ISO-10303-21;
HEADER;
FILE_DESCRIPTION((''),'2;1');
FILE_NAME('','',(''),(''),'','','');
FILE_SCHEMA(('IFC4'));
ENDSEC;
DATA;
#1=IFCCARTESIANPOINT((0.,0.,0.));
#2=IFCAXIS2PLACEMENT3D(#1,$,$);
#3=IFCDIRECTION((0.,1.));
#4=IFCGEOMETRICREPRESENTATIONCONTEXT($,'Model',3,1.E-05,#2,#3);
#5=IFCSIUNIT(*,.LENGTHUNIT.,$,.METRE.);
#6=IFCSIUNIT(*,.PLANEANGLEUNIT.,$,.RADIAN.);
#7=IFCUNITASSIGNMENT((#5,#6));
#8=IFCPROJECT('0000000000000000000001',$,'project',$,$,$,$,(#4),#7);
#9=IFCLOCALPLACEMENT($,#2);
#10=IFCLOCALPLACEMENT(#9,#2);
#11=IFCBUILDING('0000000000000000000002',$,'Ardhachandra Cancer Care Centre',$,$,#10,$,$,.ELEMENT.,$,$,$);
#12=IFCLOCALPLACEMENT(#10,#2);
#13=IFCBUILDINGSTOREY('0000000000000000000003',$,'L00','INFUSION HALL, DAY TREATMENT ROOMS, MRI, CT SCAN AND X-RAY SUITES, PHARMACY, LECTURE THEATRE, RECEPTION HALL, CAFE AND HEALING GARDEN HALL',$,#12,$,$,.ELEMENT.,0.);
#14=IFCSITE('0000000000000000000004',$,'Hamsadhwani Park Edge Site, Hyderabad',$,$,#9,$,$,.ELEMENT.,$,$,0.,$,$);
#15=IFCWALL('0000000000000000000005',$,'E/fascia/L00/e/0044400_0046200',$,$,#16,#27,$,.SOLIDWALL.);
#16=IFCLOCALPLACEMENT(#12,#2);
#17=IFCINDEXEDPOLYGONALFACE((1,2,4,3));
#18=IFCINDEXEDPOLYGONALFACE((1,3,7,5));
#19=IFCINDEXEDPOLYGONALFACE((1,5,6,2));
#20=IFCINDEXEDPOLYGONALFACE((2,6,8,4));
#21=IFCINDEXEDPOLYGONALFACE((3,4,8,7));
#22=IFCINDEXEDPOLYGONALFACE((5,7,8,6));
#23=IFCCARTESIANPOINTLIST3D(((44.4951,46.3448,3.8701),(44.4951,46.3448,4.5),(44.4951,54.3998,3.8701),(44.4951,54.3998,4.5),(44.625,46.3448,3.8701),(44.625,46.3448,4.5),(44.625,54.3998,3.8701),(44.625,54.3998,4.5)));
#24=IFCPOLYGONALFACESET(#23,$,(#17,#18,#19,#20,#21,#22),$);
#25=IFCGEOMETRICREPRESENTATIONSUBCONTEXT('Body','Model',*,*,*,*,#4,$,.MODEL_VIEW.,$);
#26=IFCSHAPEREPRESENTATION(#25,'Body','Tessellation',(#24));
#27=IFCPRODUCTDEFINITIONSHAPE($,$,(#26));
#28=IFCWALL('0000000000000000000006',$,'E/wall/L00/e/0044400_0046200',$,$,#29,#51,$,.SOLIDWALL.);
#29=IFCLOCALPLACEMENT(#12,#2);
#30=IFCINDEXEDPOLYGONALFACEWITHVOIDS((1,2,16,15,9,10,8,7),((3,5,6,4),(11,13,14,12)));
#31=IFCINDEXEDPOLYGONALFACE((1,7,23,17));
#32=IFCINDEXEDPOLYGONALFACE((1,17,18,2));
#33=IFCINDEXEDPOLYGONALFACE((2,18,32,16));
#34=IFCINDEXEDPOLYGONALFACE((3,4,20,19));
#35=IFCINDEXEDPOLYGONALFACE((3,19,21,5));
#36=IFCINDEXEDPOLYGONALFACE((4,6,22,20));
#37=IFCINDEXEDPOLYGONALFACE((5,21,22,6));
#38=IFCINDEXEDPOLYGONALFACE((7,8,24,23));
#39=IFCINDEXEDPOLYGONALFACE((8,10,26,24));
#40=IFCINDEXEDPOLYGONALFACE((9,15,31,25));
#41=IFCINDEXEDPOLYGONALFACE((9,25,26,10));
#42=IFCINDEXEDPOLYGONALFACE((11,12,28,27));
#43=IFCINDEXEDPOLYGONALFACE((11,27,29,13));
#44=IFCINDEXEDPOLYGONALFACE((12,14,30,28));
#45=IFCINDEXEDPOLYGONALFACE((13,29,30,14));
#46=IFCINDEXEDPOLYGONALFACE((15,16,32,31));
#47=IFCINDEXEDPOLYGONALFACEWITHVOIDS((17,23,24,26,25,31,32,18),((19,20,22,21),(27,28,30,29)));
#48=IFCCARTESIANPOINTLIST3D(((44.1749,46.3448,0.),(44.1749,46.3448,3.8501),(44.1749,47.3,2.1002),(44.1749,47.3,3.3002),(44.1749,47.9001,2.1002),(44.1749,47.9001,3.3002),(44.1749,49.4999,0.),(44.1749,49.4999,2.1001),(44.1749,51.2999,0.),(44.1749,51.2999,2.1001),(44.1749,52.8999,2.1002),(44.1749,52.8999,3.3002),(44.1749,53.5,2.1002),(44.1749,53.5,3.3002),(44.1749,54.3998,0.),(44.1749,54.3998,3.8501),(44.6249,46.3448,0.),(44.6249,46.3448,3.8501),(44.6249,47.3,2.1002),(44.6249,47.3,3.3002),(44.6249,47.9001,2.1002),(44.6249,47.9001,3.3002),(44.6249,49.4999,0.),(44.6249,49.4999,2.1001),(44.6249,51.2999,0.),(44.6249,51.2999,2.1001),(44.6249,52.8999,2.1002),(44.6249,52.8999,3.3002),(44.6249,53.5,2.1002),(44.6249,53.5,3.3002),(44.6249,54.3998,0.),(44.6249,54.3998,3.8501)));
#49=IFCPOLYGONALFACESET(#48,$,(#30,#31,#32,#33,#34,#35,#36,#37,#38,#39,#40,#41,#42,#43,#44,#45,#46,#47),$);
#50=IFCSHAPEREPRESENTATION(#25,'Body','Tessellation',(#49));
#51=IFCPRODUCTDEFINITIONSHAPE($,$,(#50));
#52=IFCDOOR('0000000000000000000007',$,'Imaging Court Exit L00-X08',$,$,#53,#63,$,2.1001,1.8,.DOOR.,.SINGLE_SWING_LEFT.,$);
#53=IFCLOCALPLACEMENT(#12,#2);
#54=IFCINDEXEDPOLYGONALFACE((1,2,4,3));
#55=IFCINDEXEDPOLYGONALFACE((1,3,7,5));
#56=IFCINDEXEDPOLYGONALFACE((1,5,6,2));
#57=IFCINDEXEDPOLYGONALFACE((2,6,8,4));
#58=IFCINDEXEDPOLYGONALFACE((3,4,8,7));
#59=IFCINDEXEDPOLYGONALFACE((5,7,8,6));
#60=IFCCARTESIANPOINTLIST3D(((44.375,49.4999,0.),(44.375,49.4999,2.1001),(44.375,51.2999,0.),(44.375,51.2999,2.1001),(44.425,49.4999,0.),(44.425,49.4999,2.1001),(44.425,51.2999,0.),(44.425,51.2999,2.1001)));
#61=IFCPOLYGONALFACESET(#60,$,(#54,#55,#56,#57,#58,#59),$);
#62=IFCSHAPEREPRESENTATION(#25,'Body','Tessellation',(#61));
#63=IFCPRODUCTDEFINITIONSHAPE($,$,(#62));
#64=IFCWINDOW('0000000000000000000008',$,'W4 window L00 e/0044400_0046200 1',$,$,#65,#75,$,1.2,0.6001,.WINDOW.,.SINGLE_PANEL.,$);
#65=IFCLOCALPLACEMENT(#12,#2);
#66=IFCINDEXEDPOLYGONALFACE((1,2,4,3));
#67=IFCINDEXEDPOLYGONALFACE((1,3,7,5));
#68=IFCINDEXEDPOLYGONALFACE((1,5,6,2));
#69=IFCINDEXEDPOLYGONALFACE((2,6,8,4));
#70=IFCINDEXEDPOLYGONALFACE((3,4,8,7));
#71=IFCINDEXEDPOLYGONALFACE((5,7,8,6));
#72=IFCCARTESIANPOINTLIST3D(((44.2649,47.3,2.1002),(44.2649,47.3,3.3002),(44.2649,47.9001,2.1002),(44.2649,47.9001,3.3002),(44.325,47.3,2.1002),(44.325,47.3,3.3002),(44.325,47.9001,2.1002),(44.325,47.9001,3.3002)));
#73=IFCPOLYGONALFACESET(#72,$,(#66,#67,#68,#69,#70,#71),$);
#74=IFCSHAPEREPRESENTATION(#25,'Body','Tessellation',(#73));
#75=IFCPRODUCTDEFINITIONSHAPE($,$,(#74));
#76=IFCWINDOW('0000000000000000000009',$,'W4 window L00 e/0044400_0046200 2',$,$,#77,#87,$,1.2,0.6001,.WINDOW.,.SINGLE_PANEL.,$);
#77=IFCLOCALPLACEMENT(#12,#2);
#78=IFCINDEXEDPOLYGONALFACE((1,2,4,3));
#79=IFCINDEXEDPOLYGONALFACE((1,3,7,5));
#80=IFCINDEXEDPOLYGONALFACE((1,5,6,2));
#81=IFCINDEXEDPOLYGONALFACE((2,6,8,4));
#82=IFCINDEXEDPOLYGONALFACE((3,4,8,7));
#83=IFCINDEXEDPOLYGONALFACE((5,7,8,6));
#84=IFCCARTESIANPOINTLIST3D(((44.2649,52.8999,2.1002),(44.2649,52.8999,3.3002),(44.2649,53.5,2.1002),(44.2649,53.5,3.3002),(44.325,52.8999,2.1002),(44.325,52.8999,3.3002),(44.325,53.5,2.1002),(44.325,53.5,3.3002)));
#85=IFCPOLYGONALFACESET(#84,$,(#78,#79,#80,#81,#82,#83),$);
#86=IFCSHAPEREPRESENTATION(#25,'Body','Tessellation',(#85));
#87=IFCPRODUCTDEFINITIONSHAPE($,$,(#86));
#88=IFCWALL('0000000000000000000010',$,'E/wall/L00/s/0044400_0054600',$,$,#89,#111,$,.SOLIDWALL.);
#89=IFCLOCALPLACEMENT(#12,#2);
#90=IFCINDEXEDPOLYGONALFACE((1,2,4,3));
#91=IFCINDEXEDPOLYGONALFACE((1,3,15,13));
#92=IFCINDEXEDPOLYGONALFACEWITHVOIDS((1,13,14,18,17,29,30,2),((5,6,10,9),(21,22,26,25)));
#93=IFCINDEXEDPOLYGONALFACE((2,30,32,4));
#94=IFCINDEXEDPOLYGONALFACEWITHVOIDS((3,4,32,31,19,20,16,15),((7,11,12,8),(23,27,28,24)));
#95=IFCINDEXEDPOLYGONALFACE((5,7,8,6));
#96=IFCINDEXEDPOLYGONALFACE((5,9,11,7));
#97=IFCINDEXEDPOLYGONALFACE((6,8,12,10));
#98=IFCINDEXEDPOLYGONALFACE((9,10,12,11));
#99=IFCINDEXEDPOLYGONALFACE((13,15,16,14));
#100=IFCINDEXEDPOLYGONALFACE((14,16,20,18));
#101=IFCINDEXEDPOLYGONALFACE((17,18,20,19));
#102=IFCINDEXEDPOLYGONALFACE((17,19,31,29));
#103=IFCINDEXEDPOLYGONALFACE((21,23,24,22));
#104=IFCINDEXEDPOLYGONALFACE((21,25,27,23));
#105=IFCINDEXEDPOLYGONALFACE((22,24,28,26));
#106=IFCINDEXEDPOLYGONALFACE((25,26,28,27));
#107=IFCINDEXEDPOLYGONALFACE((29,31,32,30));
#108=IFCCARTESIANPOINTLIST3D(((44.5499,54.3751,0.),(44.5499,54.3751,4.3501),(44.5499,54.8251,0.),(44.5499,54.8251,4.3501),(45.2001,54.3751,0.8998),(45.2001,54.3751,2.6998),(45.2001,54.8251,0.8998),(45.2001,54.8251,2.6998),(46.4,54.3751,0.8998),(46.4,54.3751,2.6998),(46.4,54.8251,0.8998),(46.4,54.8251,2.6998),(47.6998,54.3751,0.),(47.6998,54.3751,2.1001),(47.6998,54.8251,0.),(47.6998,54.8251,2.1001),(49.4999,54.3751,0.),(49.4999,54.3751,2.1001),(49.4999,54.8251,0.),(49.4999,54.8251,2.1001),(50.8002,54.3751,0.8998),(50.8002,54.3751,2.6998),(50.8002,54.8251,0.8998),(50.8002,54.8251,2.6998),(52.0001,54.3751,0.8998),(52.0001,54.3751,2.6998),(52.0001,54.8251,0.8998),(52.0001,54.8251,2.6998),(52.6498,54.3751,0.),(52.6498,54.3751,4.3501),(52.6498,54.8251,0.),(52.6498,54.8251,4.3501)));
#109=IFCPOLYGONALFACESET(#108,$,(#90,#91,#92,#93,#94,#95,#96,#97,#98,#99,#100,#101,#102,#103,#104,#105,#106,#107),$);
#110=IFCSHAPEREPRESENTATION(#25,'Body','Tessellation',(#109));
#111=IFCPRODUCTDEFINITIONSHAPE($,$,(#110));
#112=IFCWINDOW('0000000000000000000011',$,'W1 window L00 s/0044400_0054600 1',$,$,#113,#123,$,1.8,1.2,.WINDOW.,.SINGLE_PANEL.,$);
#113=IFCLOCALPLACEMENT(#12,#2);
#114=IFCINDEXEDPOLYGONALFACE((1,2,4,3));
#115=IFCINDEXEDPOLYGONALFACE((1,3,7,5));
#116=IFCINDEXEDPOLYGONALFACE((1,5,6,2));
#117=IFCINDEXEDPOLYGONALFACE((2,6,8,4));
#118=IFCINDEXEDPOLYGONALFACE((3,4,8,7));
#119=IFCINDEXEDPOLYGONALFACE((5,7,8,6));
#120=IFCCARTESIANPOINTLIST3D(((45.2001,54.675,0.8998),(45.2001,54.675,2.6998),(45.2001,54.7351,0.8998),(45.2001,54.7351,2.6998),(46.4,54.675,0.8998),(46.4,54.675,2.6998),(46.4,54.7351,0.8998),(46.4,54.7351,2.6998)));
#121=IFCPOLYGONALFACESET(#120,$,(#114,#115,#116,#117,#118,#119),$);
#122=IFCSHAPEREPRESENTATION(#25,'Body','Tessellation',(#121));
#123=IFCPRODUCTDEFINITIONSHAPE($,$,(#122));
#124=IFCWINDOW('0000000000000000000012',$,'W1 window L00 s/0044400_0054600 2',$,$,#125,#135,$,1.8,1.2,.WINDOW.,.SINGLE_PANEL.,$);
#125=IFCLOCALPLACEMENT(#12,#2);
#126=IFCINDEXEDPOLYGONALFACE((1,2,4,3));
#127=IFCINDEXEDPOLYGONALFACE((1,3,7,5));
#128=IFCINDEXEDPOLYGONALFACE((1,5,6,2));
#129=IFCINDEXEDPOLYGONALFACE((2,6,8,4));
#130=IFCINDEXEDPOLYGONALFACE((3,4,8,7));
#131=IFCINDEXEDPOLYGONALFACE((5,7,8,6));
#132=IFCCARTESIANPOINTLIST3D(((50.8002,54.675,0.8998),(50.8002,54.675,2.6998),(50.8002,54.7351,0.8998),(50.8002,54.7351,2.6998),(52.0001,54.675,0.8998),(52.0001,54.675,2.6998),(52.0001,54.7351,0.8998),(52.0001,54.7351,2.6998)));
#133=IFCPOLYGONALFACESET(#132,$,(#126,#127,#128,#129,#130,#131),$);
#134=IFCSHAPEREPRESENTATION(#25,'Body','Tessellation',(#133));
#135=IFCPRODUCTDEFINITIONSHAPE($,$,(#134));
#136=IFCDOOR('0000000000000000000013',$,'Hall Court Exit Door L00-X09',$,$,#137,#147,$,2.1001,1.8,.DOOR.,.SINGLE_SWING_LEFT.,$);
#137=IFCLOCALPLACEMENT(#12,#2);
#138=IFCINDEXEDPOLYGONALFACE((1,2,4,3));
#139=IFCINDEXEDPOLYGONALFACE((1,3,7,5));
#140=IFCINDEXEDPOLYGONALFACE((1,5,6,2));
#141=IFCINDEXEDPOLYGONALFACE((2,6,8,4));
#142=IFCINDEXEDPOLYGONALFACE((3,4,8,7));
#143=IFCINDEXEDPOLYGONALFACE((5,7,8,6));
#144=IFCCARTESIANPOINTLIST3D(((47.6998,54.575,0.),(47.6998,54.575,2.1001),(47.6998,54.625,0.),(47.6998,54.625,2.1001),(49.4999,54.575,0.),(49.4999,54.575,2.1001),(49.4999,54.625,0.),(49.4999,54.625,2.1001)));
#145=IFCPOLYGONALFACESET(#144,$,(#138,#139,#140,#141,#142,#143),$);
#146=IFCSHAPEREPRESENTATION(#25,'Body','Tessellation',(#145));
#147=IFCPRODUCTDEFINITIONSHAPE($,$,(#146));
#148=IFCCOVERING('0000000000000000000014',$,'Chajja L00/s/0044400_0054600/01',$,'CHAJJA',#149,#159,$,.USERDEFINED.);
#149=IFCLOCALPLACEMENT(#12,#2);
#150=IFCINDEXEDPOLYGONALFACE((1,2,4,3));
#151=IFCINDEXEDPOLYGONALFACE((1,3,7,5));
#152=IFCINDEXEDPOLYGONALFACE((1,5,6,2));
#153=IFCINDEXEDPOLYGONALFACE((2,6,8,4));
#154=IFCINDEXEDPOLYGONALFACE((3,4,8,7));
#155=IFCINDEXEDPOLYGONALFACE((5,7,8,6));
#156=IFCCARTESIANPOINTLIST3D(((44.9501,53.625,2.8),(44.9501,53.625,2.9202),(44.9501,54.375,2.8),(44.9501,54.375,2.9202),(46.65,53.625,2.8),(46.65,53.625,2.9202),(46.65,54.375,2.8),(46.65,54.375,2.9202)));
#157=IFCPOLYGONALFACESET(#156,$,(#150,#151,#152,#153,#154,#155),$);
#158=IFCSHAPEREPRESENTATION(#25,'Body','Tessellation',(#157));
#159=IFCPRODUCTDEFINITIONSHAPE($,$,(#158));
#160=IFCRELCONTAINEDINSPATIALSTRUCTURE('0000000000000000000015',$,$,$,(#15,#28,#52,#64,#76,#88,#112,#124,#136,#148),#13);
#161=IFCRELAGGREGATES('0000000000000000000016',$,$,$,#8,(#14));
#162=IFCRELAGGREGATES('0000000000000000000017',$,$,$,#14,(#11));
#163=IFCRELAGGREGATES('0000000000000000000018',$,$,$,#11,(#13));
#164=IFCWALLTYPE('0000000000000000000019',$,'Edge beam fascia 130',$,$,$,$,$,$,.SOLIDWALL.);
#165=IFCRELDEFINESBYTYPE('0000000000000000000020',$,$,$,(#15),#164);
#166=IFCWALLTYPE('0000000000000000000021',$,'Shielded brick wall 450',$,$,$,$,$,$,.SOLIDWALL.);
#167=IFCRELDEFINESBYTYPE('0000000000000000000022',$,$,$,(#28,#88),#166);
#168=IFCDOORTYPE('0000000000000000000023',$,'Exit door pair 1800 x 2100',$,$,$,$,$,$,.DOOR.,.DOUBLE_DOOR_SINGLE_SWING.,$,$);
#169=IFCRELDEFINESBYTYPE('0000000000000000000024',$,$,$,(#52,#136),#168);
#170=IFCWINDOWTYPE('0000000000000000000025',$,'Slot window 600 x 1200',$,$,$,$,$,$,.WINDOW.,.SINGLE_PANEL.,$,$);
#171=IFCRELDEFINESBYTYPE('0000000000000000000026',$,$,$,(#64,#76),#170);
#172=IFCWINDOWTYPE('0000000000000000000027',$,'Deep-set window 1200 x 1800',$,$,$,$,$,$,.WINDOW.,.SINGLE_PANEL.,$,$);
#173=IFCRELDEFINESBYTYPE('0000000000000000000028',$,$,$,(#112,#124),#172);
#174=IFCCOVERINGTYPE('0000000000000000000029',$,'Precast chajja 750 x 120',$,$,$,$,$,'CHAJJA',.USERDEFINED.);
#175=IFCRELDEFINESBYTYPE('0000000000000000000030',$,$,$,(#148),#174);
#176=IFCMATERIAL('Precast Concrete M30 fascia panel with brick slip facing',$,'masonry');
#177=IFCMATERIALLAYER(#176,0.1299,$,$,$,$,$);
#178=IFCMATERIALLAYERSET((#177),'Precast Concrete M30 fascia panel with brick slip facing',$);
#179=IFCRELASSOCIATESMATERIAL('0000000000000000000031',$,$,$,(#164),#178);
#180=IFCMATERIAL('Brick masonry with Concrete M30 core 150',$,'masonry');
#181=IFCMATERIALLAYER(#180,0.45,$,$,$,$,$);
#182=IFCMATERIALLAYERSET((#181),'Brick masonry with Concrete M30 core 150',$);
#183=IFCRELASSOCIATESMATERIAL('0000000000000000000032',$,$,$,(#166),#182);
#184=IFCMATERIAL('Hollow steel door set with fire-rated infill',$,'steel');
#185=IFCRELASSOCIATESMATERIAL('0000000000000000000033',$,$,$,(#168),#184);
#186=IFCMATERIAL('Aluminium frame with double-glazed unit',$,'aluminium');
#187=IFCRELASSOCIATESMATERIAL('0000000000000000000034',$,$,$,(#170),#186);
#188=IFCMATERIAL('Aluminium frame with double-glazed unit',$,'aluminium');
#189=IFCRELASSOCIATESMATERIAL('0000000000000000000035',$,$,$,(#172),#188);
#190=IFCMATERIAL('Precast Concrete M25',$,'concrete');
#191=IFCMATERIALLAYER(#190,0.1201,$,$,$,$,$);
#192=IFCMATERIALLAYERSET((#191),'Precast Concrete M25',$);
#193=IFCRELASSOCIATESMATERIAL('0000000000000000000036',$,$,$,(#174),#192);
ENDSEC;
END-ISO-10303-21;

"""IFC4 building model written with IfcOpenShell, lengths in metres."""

from ifc_helpers import new_model, si_unit, direction, frame, frame_2d, origin, origin_2d, place, context, subcontext, project, spatial, rectangle, extrude, material, layer, layer_set, type_object, element, fill, save


model = new_model("IFC4")

# Units and contexts
model_context = context("Model", 3, precision=1e-05, world=origin(), true_north=direction((0.0, 1.0)))
body_context = subcontext(model_context, "Body", "Model", "MODEL_VIEW")
ifc_project = project(units=[si_unit("LENGTHUNIT", "METRE"), si_unit("PLANEANGLEUNIT", "RADIAN")], contexts=[model_context])

# Site, building, storey
site_placement = place(None, origin())
site = spatial("IfcSite", under=ifc_project, at=site_placement, Name="Hamsadhwani Park Edge Site, Hyderabad", CompositionType="ELEMENT", RefElevation=0.0)
building_placement = place(site_placement, origin())
building = spatial("IfcBuilding", under=site, at=building_placement, Name="Ardhachandra Cancer Care Centre", CompositionType="ELEMENT")
storey_placement = place(building_placement, origin())
storey = spatial("IfcBuildingStorey", under=building, at=storey_placement, Name="L00", Description="INFUSION HALL, DAY TREATMENT ROOMS, MRI, CT SCAN AND X-RAY SUITES, PHARMACY, LECTURE THEATRE, RECEPTION HALL, CAFE AND HEALING GARDEN HALL", CompositionType="ELEMENT", Elevation=0.0)

# Wall
ifc_material_1 = material(Name="Precast Concrete M30 fascia panel with brick slip facing", Category="masonry")
ifc_layer_1 = layer(ifc_material_1, 0.1299)
ifc_layer_set_1 = layer_set([ifc_layer_1], Name="Precast Concrete M30 fascia panel with brick slip facing")
wall_type_1 = type_object("IfcWallType", Name="Edge beam fascia 130", PredefinedType="SOLIDWALL", material=ifc_layer_set_1)
wall_1_placement = place(storey_placement, frame((44.5601, 46.345, 3.8701), z_axis=(0.0, 0.0, 1.0), x_axis=(0.0, 1.0, 0.0)))
element("IfcWall", 1, at=wall_1_placement, inside=storey, type_object=wall_type_1, Name="E/fascia/L00/e/0044400_0046200", PredefinedType="SOLIDWALL", context=body_context, shape_type="SweptSolid", body=[
    extrude(rectangle(XDim=8.0549, YDim=0.1299, at=frame_2d((4.0273, 0.0))), origin(), (0.0, 0.0, 1.0), 0.6299),
])

# Wall, openings, door, windows
ifc_material_2 = material(Name="Brick masonry with Concrete M30 core 150", Category="masonry")
ifc_layer_2 = layer(ifc_material_2, 0.45)
ifc_layer_set_2 = layer_set([ifc_layer_2], Name="Brick masonry with Concrete M30 core 150")
wall_type_2 = type_object("IfcWallType", Name="Shielded brick wall 450", PredefinedType="SOLIDWALL", material=ifc_layer_set_2)
wall_2_placement = place(storey_placement, frame((44.3999, 46.345, 0.0), z_axis=(0.0, 0.0, 1.0), x_axis=(0.0, 1.0, 0.0)))
wall_2 = element("IfcWall", 2, at=wall_2_placement, inside=storey, type_object=wall_type_2, Name="E/wall/L00/e/0044400_0046200", PredefinedType="SOLIDWALL", context=body_context, shape_type="SweptSolid", body=[
    extrude(rectangle(XDim=8.0549, YDim=0.45, at=frame_2d((4.0273, 0.0))), origin(), (0.0, 0.0, 1.0), 3.8501),
])
opening_1_placement = place(wall_2_placement, frame((0.9551, 0.0, 2.1001)))
opening_1 = element("IfcOpeningElement", 3, at=opening_1_placement, cuts=wall_2, PredefinedType="OPENING", context=body_context, shape_type="SweptSolid", body=[
    extrude(rectangle(XDim=0.6001, YDim=1.2, at=frame_2d((0.3, 0.6001))), frame((0.0, 0.2349, 0.0), z_axis=(0.0, -1.0, 0.0), x_axis=(1.0, 0.0, 0.0)), (0.0, 0.0, 1.0), 0.47),
])
opening_2_placement = place(wall_2_placement, frame((6.5549, 0.0, 2.1001)))
opening_2 = element("IfcOpeningElement", 4, at=opening_2_placement, cuts=wall_2, PredefinedType="OPENING", context=body_context, shape_type="SweptSolid", body=[
    extrude(rectangle(XDim=0.6001, YDim=1.2, at=frame_2d((0.3, 0.6001))), frame((0.0, 0.2349, 0.0), z_axis=(0.0, -1.0, 0.0), x_axis=(1.0, 0.0, 0.0)), (0.0, 0.0, 1.0), 0.47),
])
opening_3_placement = place(wall_2_placement, frame((3.155, 0.0, 0.0)))
opening_3 = element("IfcOpeningElement", 5, at=opening_3_placement, cuts=wall_2, PredefinedType="OPENING", context=body_context, shape_type="SweptSolid", body=[
    extrude(rectangle(XDim=1.8, YDim=2.1001, at=frame_2d((0.8999, 1.05))), frame((0.0, 0.2349, 0.0), z_axis=(0.0, -1.0, 0.0), x_axis=(1.0, 0.0, 0.0)), (0.0, 0.0, 1.0), 0.47),
])
ifc_material_3 = material(Name="Hollow steel door set with fire-rated infill", Category="steel")
door_type = type_object("IfcDoorType", Name="Exit door pair 1800 x 2100", OperationType="DOUBLE_DOOR_SINGLE_SWING", PredefinedType="DOOR", material=ifc_material_3)
door_1_placement = place(opening_3_placement, origin())
door_1 = element("IfcDoor", 6, at=door_1_placement, inside=storey, type_object=door_type, Name="Imaging Court Exit L00-X08", OperationType="SINGLE_SWING_LEFT", OverallHeight=2.1001, OverallWidth=1.8, PredefinedType="DOOR", context=body_context, shape_type="SweptSolid", body=[
    extrude(rectangle(XDim=1.8, YDim=2.1001, at=frame_2d((0.8999, 1.05))), frame((0.0, 0.0249, 0.0), z_axis=(0.0, -1.0, 0.0), x_axis=(1.0, 0.0, 0.0)), (0.0, 0.0, 1.0), 0.05),
])
fill(opening_3, door_1)
ifc_material_4 = material(Name="Aluminium frame with double-glazed unit", Category="aluminium")
window_type_1 = type_object("IfcWindowType", Name="Slot window 600 x 1200", PartitioningType="SINGLE_PANEL", PredefinedType="WINDOW", material=ifc_material_4)
window_1_placement = place(opening_1_placement, origin())
window_1 = element("IfcWindow", 7, at=window_1_placement, inside=storey, type_object=window_type_1, Name="W4 window L00 e/0044400_0046200 1", OverallHeight=1.2, OverallWidth=0.6001, PartitioningType="SINGLE_PANEL", PredefinedType="WINDOW", context=body_context, shape_type="SweptSolid", body=[
    extrude(rectangle(XDim=0.6001, YDim=1.2, at=frame_2d((0.3, 0.6001))), frame((0.0, 0.135, 0.0), z_axis=(0.0, -1.0, 0.0), x_axis=(1.0, 0.0, 0.0)), (0.0, 0.0, 1.0), 0.0601),
])
fill(opening_1, window_1)
window_2_placement = place(opening_2_placement, origin())
window_2 = element("IfcWindow", 8, at=window_2_placement, inside=storey, type_object=window_type_1, Name="W4 window L00 e/0044400_0046200 2", OverallHeight=1.2, OverallWidth=0.6001, PartitioningType="SINGLE_PANEL", PredefinedType="WINDOW", context=body_context, shape_type="SweptSolid", body=[
    extrude(rectangle(XDim=0.6001, YDim=1.2, at=frame_2d((0.3, 0.6001))), frame((0.0, 0.135, 0.0), z_axis=(0.0, -1.0, 0.0), x_axis=(1.0, 0.0, 0.0)), (0.0, 0.0, 1.0), 0.0601),
])
fill(opening_2, window_2)

# Wall, openings, windows, door
wall_3_placement = place(storey_placement, frame((44.55, 54.6001, 0.0), z_axis=(0.0, 0.0, 1.0), x_axis=(1.0, 0.0, 0.0)))
wall_3 = element("IfcWall", 9, at=wall_3_placement, inside=storey, type_object=wall_type_2, Name="E/wall/L00/s/0044400_0054600", PredefinedType="SOLIDWALL", context=body_context, shape_type="SweptSolid", body=[
    extrude(rectangle(XDim=8.0999, YDim=0.45, at=frame_2d((4.0498, 0.0))), origin(), (0.0, 0.0, 1.0), 4.3501),
])
opening_4_placement = place(wall_3_placement, frame((0.6499, 0.0, 0.8999)))
opening_4 = element("IfcOpeningElement", 10, at=opening_4_placement, cuts=wall_3, PredefinedType="OPENING", context=body_context, shape_type="SweptSolid", body=[
    extrude(rectangle(XDim=1.2, YDim=1.8, at=frame_2d((0.6001, 0.8999))), frame((0.0, 0.2349, 0.0), z_axis=(0.0, -1.0, 0.0), x_axis=(1.0, 0.0, 0.0)), (0.0, 0.0, 1.0), 0.47),
])
opening_5_placement = place(wall_3_placement, frame((6.25, 0.0, 0.8999)))
opening_5 = element("IfcOpeningElement", 11, at=opening_5_placement, cuts=wall_3, PredefinedType="OPENING", context=body_context, shape_type="SweptSolid", body=[
    extrude(rectangle(XDim=1.2, YDim=1.8, at=frame_2d((0.6001, 0.8999))), frame((0.0, 0.2349, 0.0), z_axis=(0.0, -1.0, 0.0), x_axis=(1.0, 0.0, 0.0)), (0.0, 0.0, 1.0), 0.47),
])
opening_6_placement = place(wall_3_placement, frame((3.1499, 0.0, 0.0)))
opening_6 = element("IfcOpeningElement", 12, at=opening_6_placement, cuts=wall_3, PredefinedType="OPENING", context=body_context, shape_type="SweptSolid", body=[
    extrude(rectangle(XDim=1.8, YDim=2.1001, at=frame_2d((0.8999, 1.05))), frame((0.0, 0.2349, 0.0), z_axis=(0.0, -1.0, 0.0), x_axis=(1.0, 0.0, 0.0)), (0.0, 0.0, 1.0), 0.47),
])
ifc_material_5 = material(Name="Aluminium frame with double-glazed unit", Category="aluminium")
window_type_2 = type_object("IfcWindowType", Name="Deep-set window 1200 x 1800", PartitioningType="SINGLE_PANEL", PredefinedType="WINDOW", material=ifc_material_5)
window_3_placement = place(opening_4_placement, origin())
window_3 = element("IfcWindow", 13, at=window_3_placement, inside=storey, type_object=window_type_2, Name="W1 window L00 s/0044400_0054600 1", OverallHeight=1.8, OverallWidth=1.2, PartitioningType="SINGLE_PANEL", PredefinedType="WINDOW", context=body_context, shape_type="SweptSolid", body=[
    extrude(rectangle(XDim=1.2, YDim=1.8, at=frame_2d((0.6001, 0.8999))), frame((0.0, 0.135, 0.0), z_axis=(0.0, -1.0, 0.0), x_axis=(1.0, 0.0, 0.0)), (0.0, 0.0, 1.0), 0.0601),
])
fill(opening_4, window_3)
window_4_placement = place(opening_5_placement, origin())
window_4 = element("IfcWindow", 14, at=window_4_placement, inside=storey, type_object=window_type_2, Name="W1 window L00 s/0044400_0054600 2", OverallHeight=1.8, OverallWidth=1.2, PartitioningType="SINGLE_PANEL", PredefinedType="WINDOW", context=body_context, shape_type="SweptSolid", body=[
    extrude(rectangle(XDim=1.2, YDim=1.8, at=frame_2d((0.6001, 0.8999))), frame((0.0, 0.135, 0.0), z_axis=(0.0, -1.0, 0.0), x_axis=(1.0, 0.0, 0.0)), (0.0, 0.0, 1.0), 0.0601),
])
fill(opening_5, window_4)
door_2_placement = place(opening_6_placement, origin())
door_2 = element("IfcDoor", 15, at=door_2_placement, inside=storey, type_object=door_type, Name="Hall Court Exit Door L00-X09", OperationType="SINGLE_SWING_LEFT", OverallHeight=2.1001, OverallWidth=1.8, PredefinedType="DOOR", context=body_context, shape_type="SweptSolid", body=[
    extrude(rectangle(XDim=1.8, YDim=2.1001, at=frame_2d((0.8999, 1.05))), frame((0.0, 0.0249, 0.0), z_axis=(0.0, -1.0, 0.0), x_axis=(1.0, 0.0, 0.0)), (0.0, 0.0, 1.0), 0.05),
])
fill(opening_6, door_2)

# Covering
ifc_material_6 = material(Name="Precast Concrete M25", Category="concrete")
ifc_layer_3 = layer(ifc_material_6, 0.1201)
ifc_layer_set_3 = layer_set([ifc_layer_3], Name="Precast Concrete M25")
covering_type_1 = type_object("IfcCoveringType", Name="Precast chajja 750 x 120", ElementType="CHAJJA", PredefinedType="USERDEFINED", material=ifc_layer_set_3)
covering_1_placement = place(storey_placement, frame((45.8, 54.0, 2.8), z_axis=(0.0, 0.0, 1.0), x_axis=(1.0, 0.0, 0.0)))
element("IfcCovering", 16, at=covering_1_placement, inside=storey, type_object=covering_type_1, Name="Chajja L00/s/0044400_0054600/01", ObjectType="CHAJJA", PredefinedType="USERDEFINED", context=body_context, shape_type="SweptSolid", body=[
    extrude(rectangle(XDim=1.7, YDim=0.75, at=origin_2d()), origin(), (0.0, 0.0, 1.0), 0.1201),
])

save(model, "model.ifc")
